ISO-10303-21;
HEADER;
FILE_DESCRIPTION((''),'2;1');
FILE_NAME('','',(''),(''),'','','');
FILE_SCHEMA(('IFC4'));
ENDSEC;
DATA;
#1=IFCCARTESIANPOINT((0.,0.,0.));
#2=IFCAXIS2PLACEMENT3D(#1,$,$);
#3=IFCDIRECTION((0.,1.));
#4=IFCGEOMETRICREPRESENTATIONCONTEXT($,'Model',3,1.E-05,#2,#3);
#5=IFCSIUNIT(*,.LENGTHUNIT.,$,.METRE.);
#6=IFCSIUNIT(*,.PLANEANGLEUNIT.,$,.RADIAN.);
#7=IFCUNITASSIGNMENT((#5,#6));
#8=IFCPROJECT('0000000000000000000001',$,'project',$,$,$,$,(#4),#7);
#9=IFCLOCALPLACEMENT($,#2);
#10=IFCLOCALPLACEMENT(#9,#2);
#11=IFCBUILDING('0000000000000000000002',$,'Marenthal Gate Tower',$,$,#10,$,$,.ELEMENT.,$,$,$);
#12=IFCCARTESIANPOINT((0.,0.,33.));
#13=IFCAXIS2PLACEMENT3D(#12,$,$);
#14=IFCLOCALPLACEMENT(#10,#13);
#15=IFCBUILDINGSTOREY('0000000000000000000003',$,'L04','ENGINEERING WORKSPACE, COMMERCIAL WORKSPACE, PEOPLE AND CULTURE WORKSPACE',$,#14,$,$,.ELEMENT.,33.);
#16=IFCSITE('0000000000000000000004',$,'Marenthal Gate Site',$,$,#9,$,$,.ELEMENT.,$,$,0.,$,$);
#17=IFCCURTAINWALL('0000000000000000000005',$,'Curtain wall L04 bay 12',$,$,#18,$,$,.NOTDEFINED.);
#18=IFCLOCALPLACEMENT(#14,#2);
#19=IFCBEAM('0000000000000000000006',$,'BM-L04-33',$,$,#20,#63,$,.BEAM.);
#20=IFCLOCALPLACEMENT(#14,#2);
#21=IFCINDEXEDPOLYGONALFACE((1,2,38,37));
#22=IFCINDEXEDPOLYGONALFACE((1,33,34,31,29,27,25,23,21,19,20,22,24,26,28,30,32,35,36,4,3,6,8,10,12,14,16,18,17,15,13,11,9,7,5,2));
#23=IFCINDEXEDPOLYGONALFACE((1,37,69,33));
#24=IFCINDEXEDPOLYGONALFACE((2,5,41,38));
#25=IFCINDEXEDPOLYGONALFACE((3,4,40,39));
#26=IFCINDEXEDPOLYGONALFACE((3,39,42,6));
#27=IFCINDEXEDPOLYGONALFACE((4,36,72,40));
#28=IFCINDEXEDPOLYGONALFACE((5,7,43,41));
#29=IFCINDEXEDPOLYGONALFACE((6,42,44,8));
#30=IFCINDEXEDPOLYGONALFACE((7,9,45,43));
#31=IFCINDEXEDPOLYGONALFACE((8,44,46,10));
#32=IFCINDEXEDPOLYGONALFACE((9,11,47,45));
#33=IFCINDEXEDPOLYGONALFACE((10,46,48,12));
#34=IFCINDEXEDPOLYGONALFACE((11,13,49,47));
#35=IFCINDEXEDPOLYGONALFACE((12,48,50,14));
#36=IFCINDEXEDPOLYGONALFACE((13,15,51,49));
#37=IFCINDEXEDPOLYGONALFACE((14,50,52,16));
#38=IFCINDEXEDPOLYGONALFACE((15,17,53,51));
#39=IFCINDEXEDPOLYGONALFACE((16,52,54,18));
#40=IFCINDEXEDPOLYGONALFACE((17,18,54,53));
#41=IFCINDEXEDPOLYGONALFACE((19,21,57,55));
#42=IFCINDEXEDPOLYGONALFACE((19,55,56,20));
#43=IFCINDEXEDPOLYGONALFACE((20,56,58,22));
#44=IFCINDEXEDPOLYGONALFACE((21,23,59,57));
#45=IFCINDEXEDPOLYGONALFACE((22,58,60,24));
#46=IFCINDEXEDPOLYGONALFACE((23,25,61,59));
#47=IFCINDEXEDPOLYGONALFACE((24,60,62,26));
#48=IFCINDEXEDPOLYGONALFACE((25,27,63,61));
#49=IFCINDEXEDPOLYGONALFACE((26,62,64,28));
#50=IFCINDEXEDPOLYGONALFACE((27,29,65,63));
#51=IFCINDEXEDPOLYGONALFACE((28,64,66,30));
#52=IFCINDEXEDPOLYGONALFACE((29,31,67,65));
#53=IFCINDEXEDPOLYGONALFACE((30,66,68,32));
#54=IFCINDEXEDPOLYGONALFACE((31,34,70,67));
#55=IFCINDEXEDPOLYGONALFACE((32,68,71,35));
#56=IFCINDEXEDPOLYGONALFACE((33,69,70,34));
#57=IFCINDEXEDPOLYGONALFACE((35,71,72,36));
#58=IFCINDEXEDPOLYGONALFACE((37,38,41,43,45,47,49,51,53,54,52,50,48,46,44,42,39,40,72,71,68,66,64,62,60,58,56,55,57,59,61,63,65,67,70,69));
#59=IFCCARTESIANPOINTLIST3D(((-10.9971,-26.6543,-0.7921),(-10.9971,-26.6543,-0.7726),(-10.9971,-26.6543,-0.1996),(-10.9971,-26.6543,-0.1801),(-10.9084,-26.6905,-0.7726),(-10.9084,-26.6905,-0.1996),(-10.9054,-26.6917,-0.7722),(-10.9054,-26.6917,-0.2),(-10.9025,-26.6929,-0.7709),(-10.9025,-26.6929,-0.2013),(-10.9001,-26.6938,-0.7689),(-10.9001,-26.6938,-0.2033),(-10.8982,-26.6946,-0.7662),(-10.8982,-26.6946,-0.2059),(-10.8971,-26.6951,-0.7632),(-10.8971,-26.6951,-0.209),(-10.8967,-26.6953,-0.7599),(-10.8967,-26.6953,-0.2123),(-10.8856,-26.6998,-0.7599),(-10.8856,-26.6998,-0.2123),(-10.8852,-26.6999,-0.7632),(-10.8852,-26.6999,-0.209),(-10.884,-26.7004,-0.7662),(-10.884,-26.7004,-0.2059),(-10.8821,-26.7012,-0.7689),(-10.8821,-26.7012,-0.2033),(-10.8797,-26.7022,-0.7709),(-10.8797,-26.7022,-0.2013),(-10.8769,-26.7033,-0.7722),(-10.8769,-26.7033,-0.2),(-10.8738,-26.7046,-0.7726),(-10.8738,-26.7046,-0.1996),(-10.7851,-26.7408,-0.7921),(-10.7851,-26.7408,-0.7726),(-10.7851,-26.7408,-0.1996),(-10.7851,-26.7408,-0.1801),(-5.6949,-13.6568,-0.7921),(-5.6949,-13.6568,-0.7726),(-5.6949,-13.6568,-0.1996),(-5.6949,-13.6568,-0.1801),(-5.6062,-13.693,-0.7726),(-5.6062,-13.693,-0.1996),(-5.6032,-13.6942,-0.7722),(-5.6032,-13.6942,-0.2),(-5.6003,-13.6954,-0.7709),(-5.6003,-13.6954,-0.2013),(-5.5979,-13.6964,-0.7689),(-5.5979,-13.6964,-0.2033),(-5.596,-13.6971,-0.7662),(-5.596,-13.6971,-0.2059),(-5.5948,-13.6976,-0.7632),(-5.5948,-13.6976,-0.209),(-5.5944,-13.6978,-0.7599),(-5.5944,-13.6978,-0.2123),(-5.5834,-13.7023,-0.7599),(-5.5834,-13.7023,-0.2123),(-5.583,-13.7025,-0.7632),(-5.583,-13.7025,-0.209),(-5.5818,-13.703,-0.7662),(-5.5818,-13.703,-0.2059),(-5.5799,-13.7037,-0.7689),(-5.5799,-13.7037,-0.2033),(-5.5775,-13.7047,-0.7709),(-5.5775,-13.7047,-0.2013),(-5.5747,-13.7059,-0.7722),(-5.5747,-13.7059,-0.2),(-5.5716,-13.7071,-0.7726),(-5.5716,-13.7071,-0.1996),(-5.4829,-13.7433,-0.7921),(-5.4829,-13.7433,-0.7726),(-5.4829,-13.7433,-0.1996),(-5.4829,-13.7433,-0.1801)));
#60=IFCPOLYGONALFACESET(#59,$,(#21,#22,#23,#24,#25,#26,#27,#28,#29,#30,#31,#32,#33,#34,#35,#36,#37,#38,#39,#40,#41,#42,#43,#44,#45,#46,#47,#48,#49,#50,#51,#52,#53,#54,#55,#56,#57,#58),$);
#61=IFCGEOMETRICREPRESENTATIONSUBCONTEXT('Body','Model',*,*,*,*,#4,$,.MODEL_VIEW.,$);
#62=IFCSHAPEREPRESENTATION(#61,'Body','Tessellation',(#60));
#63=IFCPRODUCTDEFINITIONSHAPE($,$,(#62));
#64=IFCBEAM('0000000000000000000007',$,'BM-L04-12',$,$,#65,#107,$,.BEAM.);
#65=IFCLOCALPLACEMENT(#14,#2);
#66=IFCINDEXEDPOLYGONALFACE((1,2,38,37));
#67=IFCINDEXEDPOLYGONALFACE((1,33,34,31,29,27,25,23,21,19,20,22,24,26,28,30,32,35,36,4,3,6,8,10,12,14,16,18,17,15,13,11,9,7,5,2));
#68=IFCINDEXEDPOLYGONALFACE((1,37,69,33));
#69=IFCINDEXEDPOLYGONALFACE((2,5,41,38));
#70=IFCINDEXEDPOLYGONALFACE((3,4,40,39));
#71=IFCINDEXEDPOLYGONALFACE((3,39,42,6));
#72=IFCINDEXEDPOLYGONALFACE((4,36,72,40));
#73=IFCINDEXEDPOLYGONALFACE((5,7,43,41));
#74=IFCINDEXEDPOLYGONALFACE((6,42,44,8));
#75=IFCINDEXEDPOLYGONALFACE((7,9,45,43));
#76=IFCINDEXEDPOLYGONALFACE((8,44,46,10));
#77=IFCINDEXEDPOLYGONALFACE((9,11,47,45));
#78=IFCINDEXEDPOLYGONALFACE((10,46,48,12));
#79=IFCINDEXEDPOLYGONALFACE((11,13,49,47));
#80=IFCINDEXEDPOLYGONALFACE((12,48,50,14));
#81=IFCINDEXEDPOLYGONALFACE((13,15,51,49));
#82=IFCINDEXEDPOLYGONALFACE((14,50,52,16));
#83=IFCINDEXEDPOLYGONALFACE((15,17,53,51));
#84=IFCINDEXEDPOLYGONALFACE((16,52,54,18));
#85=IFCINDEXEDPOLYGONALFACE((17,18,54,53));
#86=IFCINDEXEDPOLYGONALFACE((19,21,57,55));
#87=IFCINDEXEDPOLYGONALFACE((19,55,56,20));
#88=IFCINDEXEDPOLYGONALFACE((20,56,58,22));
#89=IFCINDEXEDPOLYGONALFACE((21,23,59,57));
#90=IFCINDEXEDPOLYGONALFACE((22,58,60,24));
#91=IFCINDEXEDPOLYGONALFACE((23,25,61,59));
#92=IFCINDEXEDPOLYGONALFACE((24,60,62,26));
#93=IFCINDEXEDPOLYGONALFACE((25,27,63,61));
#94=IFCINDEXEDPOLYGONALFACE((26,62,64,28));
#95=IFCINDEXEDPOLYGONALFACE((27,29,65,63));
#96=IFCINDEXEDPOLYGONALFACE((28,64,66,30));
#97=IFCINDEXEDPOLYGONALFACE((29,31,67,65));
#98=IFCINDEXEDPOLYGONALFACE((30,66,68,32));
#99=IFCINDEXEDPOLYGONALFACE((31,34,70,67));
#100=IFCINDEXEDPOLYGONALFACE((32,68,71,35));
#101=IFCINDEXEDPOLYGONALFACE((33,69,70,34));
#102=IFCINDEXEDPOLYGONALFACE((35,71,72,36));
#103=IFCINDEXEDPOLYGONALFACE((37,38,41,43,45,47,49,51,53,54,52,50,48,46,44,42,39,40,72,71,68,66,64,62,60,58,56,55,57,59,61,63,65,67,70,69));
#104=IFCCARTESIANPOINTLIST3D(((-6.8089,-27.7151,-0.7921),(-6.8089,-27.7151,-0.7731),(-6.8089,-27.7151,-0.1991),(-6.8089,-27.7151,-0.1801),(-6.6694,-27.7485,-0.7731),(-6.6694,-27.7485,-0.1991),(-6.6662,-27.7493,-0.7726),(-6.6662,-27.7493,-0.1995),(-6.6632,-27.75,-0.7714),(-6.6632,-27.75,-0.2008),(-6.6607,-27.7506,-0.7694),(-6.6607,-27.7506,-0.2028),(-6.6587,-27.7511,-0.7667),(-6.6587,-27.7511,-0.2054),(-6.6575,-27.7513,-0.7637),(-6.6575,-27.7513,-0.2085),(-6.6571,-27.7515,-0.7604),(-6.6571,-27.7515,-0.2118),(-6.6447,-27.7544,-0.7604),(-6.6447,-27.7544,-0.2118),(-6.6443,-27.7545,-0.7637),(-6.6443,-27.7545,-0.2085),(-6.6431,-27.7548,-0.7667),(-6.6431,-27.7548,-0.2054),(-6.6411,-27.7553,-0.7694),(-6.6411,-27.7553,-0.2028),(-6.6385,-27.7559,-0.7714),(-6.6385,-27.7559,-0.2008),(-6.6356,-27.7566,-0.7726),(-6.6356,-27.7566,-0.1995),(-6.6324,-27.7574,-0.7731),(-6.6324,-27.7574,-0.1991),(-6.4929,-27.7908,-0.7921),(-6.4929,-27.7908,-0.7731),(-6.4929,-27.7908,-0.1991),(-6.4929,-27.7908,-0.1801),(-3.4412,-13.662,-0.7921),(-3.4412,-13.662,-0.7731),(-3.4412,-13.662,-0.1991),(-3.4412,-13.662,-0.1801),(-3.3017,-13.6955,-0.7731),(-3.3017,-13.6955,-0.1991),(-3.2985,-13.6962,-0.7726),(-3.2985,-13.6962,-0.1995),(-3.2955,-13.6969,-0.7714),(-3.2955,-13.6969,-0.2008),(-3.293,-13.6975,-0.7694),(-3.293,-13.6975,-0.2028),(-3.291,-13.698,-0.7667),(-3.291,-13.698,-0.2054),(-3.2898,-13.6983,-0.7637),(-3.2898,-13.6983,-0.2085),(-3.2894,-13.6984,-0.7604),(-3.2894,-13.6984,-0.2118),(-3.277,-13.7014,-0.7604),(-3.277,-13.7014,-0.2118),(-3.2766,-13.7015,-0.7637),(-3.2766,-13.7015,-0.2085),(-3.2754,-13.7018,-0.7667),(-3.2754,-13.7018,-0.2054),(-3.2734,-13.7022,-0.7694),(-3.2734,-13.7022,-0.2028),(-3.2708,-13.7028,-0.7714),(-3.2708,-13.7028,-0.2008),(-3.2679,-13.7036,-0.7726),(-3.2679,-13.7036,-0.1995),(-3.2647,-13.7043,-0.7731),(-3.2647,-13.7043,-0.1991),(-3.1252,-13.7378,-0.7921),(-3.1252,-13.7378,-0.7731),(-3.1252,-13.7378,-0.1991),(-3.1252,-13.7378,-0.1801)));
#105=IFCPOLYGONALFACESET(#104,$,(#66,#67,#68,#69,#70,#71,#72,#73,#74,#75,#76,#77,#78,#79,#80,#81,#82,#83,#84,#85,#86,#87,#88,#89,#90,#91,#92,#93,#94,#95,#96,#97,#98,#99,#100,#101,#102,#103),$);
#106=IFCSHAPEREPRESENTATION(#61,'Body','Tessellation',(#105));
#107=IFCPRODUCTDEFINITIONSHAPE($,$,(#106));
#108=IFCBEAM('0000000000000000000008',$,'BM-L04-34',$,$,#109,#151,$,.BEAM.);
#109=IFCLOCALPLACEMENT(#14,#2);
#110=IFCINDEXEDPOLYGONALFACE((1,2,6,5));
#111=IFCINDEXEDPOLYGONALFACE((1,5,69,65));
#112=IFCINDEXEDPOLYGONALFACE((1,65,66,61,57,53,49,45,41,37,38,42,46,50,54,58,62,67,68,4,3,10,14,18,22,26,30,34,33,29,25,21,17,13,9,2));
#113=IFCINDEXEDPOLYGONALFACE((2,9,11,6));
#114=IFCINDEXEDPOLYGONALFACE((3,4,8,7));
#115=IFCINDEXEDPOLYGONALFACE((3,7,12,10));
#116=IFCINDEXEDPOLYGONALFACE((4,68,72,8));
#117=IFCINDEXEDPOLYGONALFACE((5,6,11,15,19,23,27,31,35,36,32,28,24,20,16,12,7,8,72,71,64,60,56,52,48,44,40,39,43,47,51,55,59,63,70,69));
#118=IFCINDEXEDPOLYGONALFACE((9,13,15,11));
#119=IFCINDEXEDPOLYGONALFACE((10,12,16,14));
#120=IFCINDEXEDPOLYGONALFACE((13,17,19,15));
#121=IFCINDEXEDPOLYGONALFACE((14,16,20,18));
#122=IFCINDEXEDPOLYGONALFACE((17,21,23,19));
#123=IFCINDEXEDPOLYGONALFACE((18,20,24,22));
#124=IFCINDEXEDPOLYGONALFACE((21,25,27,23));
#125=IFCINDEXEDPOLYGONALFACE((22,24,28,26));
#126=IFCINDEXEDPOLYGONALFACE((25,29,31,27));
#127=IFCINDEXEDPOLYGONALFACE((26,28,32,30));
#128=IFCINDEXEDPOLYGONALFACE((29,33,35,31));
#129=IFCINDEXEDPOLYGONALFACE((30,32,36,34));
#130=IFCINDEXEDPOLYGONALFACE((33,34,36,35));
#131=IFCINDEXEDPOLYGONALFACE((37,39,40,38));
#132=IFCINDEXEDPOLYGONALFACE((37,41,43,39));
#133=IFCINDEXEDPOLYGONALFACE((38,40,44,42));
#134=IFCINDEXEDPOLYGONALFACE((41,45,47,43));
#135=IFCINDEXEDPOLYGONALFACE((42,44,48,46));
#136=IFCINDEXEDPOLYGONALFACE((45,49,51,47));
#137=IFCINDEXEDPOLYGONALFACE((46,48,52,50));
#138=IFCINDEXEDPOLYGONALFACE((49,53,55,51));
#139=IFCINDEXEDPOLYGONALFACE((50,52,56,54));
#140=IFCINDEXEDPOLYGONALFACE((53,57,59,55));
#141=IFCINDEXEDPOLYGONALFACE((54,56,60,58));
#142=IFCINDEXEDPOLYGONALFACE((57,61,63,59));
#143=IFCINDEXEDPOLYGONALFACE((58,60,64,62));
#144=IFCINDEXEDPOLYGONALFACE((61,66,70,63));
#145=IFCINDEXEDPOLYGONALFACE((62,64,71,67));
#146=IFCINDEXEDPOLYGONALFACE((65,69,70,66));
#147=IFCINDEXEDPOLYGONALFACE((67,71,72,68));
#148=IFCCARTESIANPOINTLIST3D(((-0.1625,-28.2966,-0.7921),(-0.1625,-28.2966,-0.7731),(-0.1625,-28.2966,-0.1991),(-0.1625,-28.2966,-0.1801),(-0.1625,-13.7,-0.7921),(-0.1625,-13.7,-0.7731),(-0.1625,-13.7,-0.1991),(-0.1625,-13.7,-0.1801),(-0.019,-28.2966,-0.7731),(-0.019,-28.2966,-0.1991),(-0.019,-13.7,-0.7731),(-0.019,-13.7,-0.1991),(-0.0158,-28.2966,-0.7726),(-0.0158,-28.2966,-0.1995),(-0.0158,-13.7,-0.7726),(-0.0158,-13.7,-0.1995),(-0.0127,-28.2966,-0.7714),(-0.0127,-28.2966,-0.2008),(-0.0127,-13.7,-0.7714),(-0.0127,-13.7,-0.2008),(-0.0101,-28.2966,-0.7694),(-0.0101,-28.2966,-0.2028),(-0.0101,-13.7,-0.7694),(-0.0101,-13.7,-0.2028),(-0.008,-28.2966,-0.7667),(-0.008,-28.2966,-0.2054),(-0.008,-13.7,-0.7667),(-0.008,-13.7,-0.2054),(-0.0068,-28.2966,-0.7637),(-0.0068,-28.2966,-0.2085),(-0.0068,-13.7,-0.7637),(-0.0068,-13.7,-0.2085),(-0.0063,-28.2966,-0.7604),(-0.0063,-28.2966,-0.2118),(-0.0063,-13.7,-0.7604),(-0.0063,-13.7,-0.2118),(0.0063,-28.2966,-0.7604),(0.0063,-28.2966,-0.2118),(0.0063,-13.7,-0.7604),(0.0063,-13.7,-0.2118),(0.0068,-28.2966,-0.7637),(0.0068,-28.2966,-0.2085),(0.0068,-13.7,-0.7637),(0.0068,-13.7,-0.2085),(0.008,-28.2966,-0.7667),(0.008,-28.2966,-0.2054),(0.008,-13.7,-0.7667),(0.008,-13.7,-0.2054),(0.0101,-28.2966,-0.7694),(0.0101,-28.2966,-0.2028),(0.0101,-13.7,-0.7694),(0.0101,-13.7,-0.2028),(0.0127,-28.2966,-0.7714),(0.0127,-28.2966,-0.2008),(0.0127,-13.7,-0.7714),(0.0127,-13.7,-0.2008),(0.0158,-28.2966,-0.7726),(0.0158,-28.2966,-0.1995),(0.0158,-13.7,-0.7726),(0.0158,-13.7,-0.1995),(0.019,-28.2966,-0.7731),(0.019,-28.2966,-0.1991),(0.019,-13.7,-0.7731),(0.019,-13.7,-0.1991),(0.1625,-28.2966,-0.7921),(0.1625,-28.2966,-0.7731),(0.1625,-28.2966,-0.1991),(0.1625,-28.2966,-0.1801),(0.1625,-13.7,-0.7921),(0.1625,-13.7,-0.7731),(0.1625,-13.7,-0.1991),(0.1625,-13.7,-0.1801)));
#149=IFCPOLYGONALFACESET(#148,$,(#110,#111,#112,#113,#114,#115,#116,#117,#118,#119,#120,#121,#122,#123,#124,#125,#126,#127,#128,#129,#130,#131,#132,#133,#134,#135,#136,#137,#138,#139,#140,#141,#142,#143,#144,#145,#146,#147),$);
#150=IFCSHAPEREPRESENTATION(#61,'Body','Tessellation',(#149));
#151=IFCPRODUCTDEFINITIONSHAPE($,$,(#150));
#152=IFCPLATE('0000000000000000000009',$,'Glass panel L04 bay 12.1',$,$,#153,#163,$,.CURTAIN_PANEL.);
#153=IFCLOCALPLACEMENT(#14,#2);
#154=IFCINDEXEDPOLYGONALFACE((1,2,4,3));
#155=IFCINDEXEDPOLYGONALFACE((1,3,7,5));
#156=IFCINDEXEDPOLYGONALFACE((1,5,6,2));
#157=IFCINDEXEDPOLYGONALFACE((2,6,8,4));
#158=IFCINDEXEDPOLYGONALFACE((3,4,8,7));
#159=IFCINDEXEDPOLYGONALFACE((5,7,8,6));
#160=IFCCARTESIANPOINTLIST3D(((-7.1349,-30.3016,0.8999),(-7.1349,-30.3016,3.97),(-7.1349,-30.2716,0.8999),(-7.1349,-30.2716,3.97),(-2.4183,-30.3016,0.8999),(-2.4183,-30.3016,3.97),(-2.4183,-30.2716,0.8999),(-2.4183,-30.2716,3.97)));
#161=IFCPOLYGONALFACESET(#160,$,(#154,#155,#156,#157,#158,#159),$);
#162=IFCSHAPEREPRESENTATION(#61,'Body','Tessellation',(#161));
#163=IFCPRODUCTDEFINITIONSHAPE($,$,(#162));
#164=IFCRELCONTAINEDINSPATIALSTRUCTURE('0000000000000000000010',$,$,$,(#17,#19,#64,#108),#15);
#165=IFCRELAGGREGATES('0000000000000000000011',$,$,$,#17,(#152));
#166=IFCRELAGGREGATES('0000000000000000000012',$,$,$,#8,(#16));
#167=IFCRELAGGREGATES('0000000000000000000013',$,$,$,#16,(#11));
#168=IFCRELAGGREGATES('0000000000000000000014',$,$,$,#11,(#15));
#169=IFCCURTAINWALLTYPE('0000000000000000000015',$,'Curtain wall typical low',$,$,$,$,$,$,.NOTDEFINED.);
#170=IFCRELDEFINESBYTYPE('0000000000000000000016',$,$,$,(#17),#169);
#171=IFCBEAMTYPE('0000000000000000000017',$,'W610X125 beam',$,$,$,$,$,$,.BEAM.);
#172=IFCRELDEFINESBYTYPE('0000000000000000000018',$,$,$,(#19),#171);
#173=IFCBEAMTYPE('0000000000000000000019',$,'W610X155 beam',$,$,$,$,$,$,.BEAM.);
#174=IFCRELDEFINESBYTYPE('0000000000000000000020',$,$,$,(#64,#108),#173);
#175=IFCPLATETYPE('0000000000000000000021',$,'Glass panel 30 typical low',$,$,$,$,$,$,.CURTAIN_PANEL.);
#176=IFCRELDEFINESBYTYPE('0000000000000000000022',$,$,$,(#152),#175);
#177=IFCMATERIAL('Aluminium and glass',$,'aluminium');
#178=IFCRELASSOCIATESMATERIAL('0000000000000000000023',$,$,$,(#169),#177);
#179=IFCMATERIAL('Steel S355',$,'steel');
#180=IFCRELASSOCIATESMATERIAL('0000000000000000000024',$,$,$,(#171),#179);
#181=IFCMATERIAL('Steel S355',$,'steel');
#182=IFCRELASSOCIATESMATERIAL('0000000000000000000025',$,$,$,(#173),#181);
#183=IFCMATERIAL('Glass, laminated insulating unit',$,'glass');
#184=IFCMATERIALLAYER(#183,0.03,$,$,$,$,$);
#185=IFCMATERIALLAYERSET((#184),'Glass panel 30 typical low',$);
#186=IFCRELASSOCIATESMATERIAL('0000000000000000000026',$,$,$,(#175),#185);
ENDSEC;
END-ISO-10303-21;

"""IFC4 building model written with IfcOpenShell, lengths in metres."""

from ifc_helpers import new_model, si_unit, direction, frame, origin, origin_2d, place, context, subcontext, project, spatial, rectangle, i_section, extrude, material, layer, layer_set, material_profile, profile_set, type_object, element, aggregate, save


model = new_model("IFC4")

# Units and contexts
model_context = context("Model", 3, precision=1e-05, world=origin(), true_north=direction((0.0, 1.0)))
body_context = subcontext(model_context, "Body", "Model", "MODEL_VIEW")
ifc_project = project(units=[si_unit("LENGTHUNIT", "METRE"), si_unit("PLANEANGLEUNIT", "RADIAN")], contexts=[model_context])

# Site, building, storey
site_placement = place(None, origin())
site = spatial("IfcSite", under=ifc_project, at=site_placement, Name="Marenthal Gate Site", CompositionType="ELEMENT", RefElevation=0.0)
building_placement = place(site_placement, origin())
building = spatial("IfcBuilding", under=site, at=building_placement, Name="Marenthal Gate Tower", CompositionType="ELEMENT")
storey_placement = place(building_placement, frame((0.0, 0.0, 33.0)))
storey = spatial("IfcBuildingStorey", under=building, at=storey_placement, Name="L04", Description="ENGINEERING WORKSPACE, COMMERCIAL WORKSPACE, PEOPLE AND CULTURE WORKSPACE", CompositionType="ELEMENT", Elevation=33.0)

# Curtain wall
ifc_material_1 = material(Name="Aluminium and glass", Category="aluminium")
curtain_wall_type = type_object("IfcCurtainWallType", Name="Curtain wall typical low", PredefinedType="NOTDEFINED", material=ifc_material_1)
curtain_wall_placement = place(storey_placement, origin())
curtain_wall = element("IfcCurtainWall", 1, at=curtain_wall_placement, inside=storey, type_object=curtain_wall_type, Name="Curtain wall L04 bay 12", PredefinedType="NOTDEFINED")

# Beams
ifc_material_2 = material(Name="Steel S355", Category="steel")
ifc_material_profile_1 = material_profile(ifc_material_2, i_section(OverallWidth=0.229, OverallDepth=0.6121, WebThickness=0.012, FlangeThickness=0.0195, FilletRadius=0.0127, at=origin_2d()), Name="W610X125")
ifc_profile_set_1 = profile_set([ifc_material_profile_1], Name="Steel S355")
beam_type_1 = type_object("IfcBeamType", Name="W610X125 beam", PredefinedType="BEAM", material=ifc_profile_set_1)
beam_1_placement = place(storey_placement, frame((-10.8911, -26.6975, -0.4861), z_axis=(0.377721, 0.925919, 0.0), x_axis=(-0.925919, 0.377721, 0.0)))
element("IfcBeam", 2, at=beam_1_placement, inside=storey, type_object=beam_type_1, Name="BM-L04-33", PredefinedType="BEAM", context=body_context, shape_type="SweptSolid", body=[
    extrude(i_section(OverallWidth=0.229, OverallDepth=0.6121, WebThickness=0.012, FlangeThickness=0.0195, FilletRadius=0.0127, at=origin_2d()), origin(), (0.0, 0.0, 1.0), 14.0374),
])
ifc_material_3 = material(Name="Steel S355", Category="steel")
ifc_material_profile_2 = material_profile(ifc_material_3, i_section(OverallWidth=0.325, OverallDepth=0.6121, WebThickness=0.0127, FlangeThickness=0.019, FilletRadius=0.0127, at=origin_2d()), Name="W610X155")
ifc_profile_set_2 = profile_set([ifc_material_profile_2], Name="Steel S355")
beam_type_2 = type_object("IfcBeamType", Name="W610X155 beam", PredefinedType="BEAM", material=ifc_profile_set_2)
beam_2_placement = place(storey_placement, frame((-6.6509, -27.7529, -0.4861), z_axis=(0.233043, 0.972466, 0.0), x_axis=(-0.972466, 0.233043, 0.0)))
element("IfcBeam", 3, at=beam_2_placement, inside=storey, type_object=beam_type_2, Name="BM-L04-12", PredefinedType="BEAM", context=body_context, shape_type="SweptSolid", body=[
    extrude(i_section(OverallWidth=0.325, OverallDepth=0.6121, WebThickness=0.0127, FlangeThickness=0.019, FilletRadius=0.0127, at=origin_2d()), origin(), (0.0, 0.0, 1.0), 14.4509),
])
beam_3_placement = place(storey_placement, frame((0.0, -28.2966, -0.4861), z_axis=(0.0, 1.0, 0.0), x_axis=(-1.0, 0.0, 0.0)))
element("IfcBeam", 4, at=beam_3_placement, inside=storey, type_object=beam_type_2, Name="BM-L04-34", PredefinedType="BEAM", context=body_context, shape_type="SweptSolid", body=[
    extrude(i_section(OverallWidth=0.325, OverallDepth=0.6121, WebThickness=0.0127, FlangeThickness=0.019, FilletRadius=0.0127, at=origin_2d()), origin(), (0.0, 0.0, 1.0), 14.5967),
])

# Plate
ifc_material_4 = material(Name="Glass, laminated insulating unit", Category="glass")
ifc_layer_1 = layer(ifc_material_4, 0.03)
ifc_layer_set_1 = layer_set([ifc_layer_1], Name="Glass panel 30 typical low")
plate_type = type_object("IfcPlateType", Name="Glass panel 30 typical low", PredefinedType="CURTAIN_PANEL", material=ifc_layer_set_1)
plate_placement = place(storey_placement, frame((-4.7766, -30.2866, 0.8999), z_axis=(0.0, 0.0, 1.0), x_axis=(1.0, 0.0, 0.0)))
plate = element("IfcPlate", 5, at=plate_placement, type_object=plate_type, Name="Glass panel L04 bay 12.1", PredefinedType="CURTAIN_PANEL", context=body_context, shape_type="SweptSolid", body=[
    extrude(rectangle(XDim=4.7166, YDim=0.03, at=origin_2d()), origin(), (0.0, 0.0, 1.0), 3.0701),
])
aggregate(curtain_wall, [plate])

save(model, "model.ifc")
